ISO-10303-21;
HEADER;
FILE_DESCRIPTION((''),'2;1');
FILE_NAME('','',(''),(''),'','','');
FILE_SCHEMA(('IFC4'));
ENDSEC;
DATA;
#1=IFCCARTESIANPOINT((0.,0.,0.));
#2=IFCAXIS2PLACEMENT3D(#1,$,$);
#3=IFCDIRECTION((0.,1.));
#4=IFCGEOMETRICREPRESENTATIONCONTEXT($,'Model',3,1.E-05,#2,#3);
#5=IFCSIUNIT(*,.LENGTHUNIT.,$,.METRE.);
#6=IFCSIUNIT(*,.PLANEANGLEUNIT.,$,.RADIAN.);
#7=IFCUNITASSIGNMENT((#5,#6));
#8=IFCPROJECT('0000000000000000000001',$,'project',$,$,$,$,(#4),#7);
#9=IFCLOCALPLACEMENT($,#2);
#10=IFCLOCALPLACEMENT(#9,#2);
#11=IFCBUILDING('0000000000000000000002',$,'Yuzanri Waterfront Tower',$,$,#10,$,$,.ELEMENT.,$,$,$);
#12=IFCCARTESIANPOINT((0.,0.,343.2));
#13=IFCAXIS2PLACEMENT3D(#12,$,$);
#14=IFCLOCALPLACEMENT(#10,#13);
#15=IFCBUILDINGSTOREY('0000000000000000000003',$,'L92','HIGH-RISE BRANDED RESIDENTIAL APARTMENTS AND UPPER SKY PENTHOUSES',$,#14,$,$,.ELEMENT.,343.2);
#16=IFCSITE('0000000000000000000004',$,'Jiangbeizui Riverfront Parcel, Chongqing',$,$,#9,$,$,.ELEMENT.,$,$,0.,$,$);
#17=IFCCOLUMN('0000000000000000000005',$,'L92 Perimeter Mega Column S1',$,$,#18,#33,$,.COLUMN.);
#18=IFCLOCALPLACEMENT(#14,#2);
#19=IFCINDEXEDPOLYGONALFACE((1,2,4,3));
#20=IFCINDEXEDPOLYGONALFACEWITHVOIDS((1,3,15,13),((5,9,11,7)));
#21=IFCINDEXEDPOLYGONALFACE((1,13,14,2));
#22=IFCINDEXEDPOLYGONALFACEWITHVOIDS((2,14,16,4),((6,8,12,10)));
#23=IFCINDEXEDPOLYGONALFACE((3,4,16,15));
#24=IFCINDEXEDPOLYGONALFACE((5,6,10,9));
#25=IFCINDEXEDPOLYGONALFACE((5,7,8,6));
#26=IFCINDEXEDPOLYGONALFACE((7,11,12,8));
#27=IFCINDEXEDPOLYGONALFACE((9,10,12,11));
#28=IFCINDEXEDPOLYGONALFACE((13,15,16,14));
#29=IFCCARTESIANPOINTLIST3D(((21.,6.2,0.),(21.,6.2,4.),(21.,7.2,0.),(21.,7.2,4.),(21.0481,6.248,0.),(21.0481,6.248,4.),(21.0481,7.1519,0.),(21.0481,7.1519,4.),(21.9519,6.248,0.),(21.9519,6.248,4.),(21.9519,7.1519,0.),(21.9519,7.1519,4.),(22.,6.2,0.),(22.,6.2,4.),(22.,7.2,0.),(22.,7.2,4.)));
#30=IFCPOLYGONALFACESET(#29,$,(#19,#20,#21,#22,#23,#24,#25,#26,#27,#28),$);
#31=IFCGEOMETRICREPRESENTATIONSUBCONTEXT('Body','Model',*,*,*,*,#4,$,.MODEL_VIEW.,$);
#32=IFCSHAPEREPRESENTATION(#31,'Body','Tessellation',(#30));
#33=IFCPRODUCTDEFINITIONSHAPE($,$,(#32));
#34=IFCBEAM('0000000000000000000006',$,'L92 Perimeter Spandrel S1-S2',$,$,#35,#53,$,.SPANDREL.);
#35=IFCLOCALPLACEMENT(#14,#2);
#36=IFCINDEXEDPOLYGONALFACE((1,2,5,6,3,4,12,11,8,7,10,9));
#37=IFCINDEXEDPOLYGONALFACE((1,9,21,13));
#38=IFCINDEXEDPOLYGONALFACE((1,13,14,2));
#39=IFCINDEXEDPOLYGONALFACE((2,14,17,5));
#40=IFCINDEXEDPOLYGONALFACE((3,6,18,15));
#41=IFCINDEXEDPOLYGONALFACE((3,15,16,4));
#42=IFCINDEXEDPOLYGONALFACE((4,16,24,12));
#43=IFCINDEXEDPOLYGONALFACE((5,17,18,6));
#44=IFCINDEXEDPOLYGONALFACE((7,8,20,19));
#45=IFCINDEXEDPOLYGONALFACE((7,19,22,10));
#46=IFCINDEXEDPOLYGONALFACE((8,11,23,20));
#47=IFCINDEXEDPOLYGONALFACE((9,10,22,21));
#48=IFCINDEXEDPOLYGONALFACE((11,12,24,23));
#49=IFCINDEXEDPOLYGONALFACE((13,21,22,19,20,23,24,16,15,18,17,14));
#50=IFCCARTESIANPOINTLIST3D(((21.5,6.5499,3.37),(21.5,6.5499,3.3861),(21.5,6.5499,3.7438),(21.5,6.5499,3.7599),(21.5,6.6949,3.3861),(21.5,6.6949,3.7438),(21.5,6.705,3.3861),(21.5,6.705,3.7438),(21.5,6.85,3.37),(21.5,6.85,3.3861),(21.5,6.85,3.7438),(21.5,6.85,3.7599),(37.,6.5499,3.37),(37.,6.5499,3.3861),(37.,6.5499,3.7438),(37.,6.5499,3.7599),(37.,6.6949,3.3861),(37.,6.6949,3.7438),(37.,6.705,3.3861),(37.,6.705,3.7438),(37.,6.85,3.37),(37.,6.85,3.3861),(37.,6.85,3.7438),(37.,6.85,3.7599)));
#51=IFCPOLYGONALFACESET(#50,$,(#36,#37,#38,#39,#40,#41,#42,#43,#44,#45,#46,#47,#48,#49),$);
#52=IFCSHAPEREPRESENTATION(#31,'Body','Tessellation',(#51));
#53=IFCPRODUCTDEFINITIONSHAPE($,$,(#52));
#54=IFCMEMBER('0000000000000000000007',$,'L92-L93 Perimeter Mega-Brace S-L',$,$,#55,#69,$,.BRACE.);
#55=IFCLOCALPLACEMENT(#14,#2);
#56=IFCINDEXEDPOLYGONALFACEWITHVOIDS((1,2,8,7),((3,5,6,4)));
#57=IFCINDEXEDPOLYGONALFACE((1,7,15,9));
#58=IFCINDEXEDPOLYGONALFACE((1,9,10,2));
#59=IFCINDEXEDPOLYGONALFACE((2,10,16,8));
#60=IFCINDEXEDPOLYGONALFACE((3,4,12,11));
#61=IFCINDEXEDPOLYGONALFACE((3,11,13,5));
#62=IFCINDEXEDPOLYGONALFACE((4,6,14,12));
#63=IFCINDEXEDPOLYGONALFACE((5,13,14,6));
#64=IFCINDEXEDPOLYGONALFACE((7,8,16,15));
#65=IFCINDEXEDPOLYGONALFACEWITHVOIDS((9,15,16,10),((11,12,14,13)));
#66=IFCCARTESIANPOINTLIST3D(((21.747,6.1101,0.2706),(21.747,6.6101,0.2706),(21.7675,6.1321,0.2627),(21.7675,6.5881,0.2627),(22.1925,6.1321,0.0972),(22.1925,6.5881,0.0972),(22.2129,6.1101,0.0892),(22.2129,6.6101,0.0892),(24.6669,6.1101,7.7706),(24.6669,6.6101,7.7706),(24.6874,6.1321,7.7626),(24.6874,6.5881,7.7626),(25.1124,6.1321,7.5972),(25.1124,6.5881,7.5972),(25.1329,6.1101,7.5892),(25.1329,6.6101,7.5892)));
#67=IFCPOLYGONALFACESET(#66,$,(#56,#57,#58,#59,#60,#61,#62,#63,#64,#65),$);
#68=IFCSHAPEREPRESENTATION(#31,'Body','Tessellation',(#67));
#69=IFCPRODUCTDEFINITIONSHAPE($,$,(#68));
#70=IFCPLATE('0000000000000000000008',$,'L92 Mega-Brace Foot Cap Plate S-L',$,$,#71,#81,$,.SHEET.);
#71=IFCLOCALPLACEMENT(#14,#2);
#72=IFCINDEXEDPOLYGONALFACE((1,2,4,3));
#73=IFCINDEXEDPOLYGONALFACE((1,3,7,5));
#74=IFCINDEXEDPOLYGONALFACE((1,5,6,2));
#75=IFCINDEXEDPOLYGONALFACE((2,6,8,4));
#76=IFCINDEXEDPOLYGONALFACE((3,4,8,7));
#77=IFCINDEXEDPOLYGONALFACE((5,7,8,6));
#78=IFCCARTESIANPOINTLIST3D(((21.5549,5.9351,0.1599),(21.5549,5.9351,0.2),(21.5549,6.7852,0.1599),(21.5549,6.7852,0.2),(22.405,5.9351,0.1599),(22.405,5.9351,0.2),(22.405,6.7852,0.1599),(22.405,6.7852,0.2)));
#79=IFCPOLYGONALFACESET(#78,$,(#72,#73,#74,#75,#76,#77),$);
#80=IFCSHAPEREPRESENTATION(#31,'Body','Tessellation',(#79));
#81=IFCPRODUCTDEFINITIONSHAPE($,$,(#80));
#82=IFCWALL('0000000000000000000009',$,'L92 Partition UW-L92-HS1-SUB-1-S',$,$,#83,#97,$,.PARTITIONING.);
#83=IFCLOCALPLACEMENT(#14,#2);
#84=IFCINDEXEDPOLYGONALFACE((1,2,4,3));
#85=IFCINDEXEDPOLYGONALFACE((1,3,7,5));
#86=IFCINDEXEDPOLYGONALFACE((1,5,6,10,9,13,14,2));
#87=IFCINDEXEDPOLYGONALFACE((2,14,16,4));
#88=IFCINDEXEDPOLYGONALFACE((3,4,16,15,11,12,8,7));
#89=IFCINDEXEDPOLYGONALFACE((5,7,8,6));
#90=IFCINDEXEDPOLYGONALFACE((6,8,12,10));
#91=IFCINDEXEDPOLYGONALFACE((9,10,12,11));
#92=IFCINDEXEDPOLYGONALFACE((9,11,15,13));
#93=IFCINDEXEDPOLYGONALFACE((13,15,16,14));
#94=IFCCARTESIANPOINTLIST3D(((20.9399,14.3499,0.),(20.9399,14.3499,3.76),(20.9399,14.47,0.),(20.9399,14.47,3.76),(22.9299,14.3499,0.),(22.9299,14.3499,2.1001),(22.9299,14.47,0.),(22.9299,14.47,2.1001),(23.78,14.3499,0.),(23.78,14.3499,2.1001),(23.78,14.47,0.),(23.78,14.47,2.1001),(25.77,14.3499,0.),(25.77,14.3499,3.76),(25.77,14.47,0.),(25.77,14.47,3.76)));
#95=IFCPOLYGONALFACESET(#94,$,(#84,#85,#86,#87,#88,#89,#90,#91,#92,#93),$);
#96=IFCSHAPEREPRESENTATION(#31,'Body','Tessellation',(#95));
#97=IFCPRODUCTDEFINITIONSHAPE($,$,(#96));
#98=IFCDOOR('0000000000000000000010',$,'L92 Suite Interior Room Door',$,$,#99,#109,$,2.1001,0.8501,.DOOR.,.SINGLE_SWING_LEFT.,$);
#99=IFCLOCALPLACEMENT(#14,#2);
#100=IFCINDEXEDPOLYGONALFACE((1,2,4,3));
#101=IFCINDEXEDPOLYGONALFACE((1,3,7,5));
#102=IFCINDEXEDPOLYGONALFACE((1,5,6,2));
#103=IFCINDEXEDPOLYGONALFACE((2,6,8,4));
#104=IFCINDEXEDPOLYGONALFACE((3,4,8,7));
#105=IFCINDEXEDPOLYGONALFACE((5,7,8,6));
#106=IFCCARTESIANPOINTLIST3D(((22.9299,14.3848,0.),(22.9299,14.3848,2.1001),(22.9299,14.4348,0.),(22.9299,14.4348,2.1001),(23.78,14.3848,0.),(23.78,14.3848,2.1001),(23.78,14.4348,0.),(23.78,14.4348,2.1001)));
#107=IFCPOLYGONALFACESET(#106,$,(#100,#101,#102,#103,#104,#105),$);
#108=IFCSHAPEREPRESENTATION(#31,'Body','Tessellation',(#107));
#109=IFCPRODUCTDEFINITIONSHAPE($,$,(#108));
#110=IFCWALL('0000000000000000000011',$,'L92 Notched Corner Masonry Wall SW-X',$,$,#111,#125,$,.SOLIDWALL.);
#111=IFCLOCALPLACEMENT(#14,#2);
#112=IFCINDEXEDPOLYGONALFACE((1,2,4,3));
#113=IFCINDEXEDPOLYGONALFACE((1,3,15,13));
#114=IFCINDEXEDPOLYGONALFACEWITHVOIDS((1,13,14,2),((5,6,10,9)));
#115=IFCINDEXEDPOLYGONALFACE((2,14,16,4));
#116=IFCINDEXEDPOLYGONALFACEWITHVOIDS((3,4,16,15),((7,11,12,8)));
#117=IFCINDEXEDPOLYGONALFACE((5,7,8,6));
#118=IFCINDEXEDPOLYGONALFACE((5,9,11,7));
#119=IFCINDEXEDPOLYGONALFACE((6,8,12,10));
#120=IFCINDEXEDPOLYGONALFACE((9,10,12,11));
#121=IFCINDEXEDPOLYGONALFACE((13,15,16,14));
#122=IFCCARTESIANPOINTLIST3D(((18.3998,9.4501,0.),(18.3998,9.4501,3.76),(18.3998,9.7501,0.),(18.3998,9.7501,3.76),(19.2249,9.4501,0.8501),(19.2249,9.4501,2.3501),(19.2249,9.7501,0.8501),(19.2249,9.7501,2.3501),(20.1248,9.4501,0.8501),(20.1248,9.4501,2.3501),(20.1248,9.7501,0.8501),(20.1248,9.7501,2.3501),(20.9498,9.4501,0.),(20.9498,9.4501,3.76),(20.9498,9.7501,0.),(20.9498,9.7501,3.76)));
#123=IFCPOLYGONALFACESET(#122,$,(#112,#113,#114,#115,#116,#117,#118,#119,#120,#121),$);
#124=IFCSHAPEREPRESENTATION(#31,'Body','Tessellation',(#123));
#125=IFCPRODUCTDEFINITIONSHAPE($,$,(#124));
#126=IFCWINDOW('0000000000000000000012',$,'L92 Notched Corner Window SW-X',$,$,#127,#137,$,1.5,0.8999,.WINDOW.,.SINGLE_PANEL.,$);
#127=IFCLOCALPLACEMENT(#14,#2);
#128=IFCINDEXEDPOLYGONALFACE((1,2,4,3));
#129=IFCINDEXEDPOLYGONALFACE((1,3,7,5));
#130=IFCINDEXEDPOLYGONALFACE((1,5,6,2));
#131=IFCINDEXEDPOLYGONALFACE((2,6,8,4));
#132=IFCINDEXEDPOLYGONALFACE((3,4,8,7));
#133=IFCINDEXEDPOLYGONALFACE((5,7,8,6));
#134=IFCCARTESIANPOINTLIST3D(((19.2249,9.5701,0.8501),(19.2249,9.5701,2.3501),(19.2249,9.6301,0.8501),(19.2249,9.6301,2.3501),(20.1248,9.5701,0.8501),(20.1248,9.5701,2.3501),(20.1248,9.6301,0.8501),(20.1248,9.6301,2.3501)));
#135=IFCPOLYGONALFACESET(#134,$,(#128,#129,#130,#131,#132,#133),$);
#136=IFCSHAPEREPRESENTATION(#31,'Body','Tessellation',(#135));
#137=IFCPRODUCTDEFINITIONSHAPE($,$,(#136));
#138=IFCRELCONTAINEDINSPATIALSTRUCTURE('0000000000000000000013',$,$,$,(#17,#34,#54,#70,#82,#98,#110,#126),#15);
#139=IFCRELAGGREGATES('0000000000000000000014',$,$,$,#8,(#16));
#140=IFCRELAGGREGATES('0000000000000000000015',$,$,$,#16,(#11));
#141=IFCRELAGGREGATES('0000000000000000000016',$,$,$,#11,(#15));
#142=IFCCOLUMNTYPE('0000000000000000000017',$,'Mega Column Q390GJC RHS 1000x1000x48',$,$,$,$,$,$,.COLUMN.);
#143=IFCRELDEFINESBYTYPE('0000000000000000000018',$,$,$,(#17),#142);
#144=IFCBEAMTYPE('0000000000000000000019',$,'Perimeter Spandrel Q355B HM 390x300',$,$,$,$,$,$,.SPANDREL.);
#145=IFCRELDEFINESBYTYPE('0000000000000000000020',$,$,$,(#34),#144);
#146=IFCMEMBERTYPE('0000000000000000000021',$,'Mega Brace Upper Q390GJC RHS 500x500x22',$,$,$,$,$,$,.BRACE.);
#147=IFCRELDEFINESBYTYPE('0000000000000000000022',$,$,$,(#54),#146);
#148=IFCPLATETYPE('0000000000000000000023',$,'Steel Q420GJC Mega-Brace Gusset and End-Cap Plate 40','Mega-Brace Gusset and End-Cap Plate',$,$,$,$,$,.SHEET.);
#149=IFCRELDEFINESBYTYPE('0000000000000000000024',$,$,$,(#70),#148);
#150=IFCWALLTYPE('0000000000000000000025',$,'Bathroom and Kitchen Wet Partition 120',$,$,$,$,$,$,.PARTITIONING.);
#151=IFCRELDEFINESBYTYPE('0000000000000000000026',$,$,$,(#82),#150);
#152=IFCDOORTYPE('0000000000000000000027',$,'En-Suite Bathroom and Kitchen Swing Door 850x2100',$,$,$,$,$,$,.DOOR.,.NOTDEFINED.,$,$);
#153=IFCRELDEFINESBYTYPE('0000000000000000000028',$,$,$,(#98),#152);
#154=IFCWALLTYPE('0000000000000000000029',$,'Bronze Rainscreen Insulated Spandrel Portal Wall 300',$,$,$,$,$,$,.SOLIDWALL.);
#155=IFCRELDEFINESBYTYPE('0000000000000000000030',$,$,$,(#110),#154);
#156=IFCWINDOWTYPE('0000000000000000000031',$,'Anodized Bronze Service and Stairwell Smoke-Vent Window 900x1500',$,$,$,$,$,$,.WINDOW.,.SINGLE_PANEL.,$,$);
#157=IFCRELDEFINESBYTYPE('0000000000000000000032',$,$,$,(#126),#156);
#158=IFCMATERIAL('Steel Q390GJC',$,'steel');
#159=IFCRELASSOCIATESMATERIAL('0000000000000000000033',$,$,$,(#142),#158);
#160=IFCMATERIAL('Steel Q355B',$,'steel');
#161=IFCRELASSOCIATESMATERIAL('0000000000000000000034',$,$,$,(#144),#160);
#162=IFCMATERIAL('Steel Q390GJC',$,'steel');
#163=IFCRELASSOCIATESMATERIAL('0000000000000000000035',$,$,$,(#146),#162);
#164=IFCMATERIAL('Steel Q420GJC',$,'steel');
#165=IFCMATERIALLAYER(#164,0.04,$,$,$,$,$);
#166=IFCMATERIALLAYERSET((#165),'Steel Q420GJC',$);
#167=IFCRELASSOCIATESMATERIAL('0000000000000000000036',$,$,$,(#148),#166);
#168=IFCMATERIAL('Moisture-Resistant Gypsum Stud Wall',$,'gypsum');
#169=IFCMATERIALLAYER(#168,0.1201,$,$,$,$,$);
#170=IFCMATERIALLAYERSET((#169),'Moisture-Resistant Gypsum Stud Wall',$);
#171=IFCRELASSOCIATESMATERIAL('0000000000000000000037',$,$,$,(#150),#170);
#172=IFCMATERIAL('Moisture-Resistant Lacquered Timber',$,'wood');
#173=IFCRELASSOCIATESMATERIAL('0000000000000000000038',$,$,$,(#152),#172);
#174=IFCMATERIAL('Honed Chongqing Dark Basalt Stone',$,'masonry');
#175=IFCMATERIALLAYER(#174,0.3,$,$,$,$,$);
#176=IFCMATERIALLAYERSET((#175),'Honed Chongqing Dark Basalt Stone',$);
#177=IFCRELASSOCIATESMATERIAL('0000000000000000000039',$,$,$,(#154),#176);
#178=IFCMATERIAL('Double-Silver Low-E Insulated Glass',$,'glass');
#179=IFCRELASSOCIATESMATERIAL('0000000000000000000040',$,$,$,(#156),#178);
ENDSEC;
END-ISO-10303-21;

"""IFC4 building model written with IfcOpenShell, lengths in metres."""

from ifc_helpers import new_model, si_unit, direction, frame, frame_2d, origin, origin_2d, place, context, subcontext, project, spatial, rectangle, hollow_rectangle, i_section, extrude, source, transform, mapped, material, layer, layer_set, material_profile, profile_set, type_object, element, fill, save


model = new_model("IFC4")

# Units and contexts
model_context = context("Model", 3, precision=1e-05, world=origin(), true_north=direction((0.0, 1.0)))
body_context = subcontext(model_context, "Body", "Model", "MODEL_VIEW")
ifc_project = project(units=[si_unit("LENGTHUNIT", "METRE"), si_unit("PLANEANGLEUNIT", "RADIAN")], contexts=[model_context])

# Site, building, storey
site_placement = place(None, origin())
site = spatial("IfcSite", under=ifc_project, at=site_placement, Name="Jiangbeizui Riverfront Parcel, Chongqing", CompositionType="ELEMENT", RefElevation=0.0)
building_placement = place(site_placement, origin())
building = spatial("IfcBuilding", under=site, at=building_placement, Name="Yuzanri Waterfront Tower", CompositionType="ELEMENT")
storey_placement = place(building_placement, frame((0.0, 0.0, 343.2)))
storey = spatial("IfcBuildingStorey", under=building, at=storey_placement, Name="L92", Description="HIGH-RISE BRANDED RESIDENTIAL APARTMENTS AND UPPER SKY PENTHOUSES", CompositionType="ELEMENT", Elevation=343.2)

# Column
ifc_material_1 = material(Name="Steel Q390GJC", Category="steel")
ifc_material_profile_1 = material_profile(ifc_material_1, hollow_rectangle(XDim=1.0, YDim=1.0, WallThickness=0.0481, at=origin_2d()), Name="RHS 1000x1000x48")
ifc_profile_set_1 = profile_set([ifc_material_profile_1], Name="Steel Q390GJC")
column_type = type_object("IfcColumnType", Name="Mega Column Q390GJC RHS 1000x1000x48", PredefinedType="COLUMN", material=ifc_profile_set_1)
shared_shape_1 = source(origin(), body_context, "Body", "SweptSolid", [
    extrude(hollow_rectangle(XDim=1.0, YDim=1.0, WallThickness=0.0481, at=origin_2d()), origin(), (0.0, 0.0, 1.0), 4.0),
])
column_placement = place(storey_placement, frame((21.5, 6.7, 0.0), z_axis=(0.0, 0.0, 1.0), x_axis=(1.0, 0.0, 0.0)))
element("IfcColumn", 1, at=column_placement, inside=storey, type_object=column_type, Name="L92 Perimeter Mega Column S1", PredefinedType="COLUMN", context=body_context, shape_type="MappedRepresentation", body=[
    mapped(shared_shape_1, transform((0.0, 0.0, 0.0), scale=1.0)),
])

# Beam
ifc_material_2 = material(Name="Steel Q355B", Category="steel")
ifc_material_profile_2 = material_profile(ifc_material_2, i_section(OverallWidth=0.3, OverallDepth=0.3899, WebThickness=0.01, FlangeThickness=0.0161, at=origin_2d()), Name="HM 390x300x10x16")
ifc_profile_set_2 = profile_set([ifc_material_profile_2], Name="Steel Q355B")
beam_type = type_object("IfcBeamType", Name="Perimeter Spandrel Q355B HM 390x300", PredefinedType="SPANDREL", material=ifc_profile_set_2)
shared_shape_2 = source(origin(), body_context, "Body", "SweptSolid", [
    extrude(i_section(OverallWidth=0.3, OverallDepth=0.3899, WebThickness=0.01, FlangeThickness=0.0161, at=origin_2d()), origin(), (0.0, 0.0, 1.0), 15.5),
])
beam_placement = place(storey_placement, frame((21.5, 6.7, 3.5649), z_axis=(1.0, 0.0, 0.0), x_axis=(0.0, 1.0, 0.0)))
element("IfcBeam", 2, at=beam_placement, inside=storey, type_object=beam_type, Name="L92 Perimeter Spandrel S1-S2", PredefinedType="SPANDREL", context=body_context, shape_type="MappedRepresentation", body=[
    mapped(shared_shape_2, transform((0.0, 0.0, 0.0), scale=1.0)),
])

# Member
ifc_material_3 = material(Name="Steel Q390GJC", Category="steel")
ifc_material_profile_3 = material_profile(ifc_material_3, hollow_rectangle(XDim=0.5, YDim=0.5, WallThickness=0.022, at=origin_2d()), Name="RHS 500x500x22")
ifc_profile_set_3 = profile_set([ifc_material_profile_3], Name="Steel Q390GJC")
member_type = type_object("IfcMemberType", Name="Mega Brace Upper Q390GJC RHS 500x500x22", PredefinedType="BRACE", material=ifc_profile_set_3)
shared_shape_3 = source(origin(), body_context, "Body", "SweptSolid", [
    extrude(hollow_rectangle(XDim=0.5, YDim=0.5, WallThickness=0.022, at=origin_2d()), origin(), (0.0, 0.0, 1.0), 8.0483),
])
member_placement = place(storey_placement, frame((21.98, 6.3601, 0.1799), z_axis=(0.362798, 0.0, 0.931868), x_axis=(0.0, 1.0, 0.0)))
element("IfcMember", 3, at=member_placement, inside=storey, type_object=member_type, Name="L92-L93 Perimeter Mega-Brace S-L", PredefinedType="BRACE", context=body_context, shape_type="MappedRepresentation", body=[
    mapped(shared_shape_3, transform((0.0, 0.0, 0.0), scale=1.0)),
])

# Plate
ifc_material_4 = material(Name="Steel Q420GJC", Category="steel")
ifc_layer_1 = layer(ifc_material_4, 0.04)
ifc_layer_set_1 = layer_set([ifc_layer_1], Name="Steel Q420GJC")
plate_type = type_object("IfcPlateType", Name="Steel Q420GJC Mega-Brace Gusset and End-Cap Plate 40", Description="Mega-Brace Gusset and End-Cap Plate", PredefinedType="SHEET", material=ifc_layer_set_1)
shared_shape_4 = source(origin(), body_context, "Body", "SweptSolid", [
    extrude(rectangle(XDim=0.8501, YDim=0.8501, at=origin_2d()), origin(), (0.0, 0.0, 1.0), 0.04),
])
plate_placement = place(storey_placement, frame((21.98, 6.3601, 0.1599), z_axis=(0.0, 0.0, 1.0), x_axis=(1.0, 0.0, 0.0)))
element("IfcPlate", 4, at=plate_placement, inside=storey, type_object=plate_type, Name="L92 Mega-Brace Foot Cap Plate S-L", PredefinedType="SHEET", context=body_context, shape_type="MappedRepresentation", body=[
    mapped(shared_shape_4, transform((0.0, 0.0, 0.0), scale=1.0)),
])

# Wall, opening, door
ifc_material_5 = material(Name="Moisture-Resistant Gypsum Stud Wall", Category="gypsum")
ifc_layer_2 = layer(ifc_material_5, 0.1201)
ifc_layer_set_2 = layer_set([ifc_layer_2], Name="Moisture-Resistant Gypsum Stud Wall")
wall_type_1 = type_object("IfcWallType", Name="Bathroom and Kitchen Wet Partition 120", PredefinedType="PARTITIONING", material=ifc_layer_set_2)
wall_1_placement = place(storey_placement, frame((20.9399, 14.4099, 0.0), z_axis=(0.0, 0.0, 1.0), x_axis=(1.0, 0.0, 0.0)))
wall_1 = element("IfcWall", 5, at=wall_1_placement, inside=storey, type_object=wall_type_1, Name="L92 Partition UW-L92-HS1-SUB-1-S", PredefinedType="PARTITIONING", context=body_context, shape_type="SweptSolid", body=[
    extrude(rectangle(XDim=4.8301, YDim=0.1201, at=frame_2d((2.415, 0.0))), origin(), (0.0, 0.0, 1.0), 3.76),
])
opening_1_placement = place(wall_1_placement, frame((1.99, 0.0, 0.0)))
opening_1 = element("IfcOpeningElement", 6, at=opening_1_placement, cuts=wall_1, PredefinedType="OPENING", context=body_context, shape_type="SweptSolid", body=[
    extrude(rectangle(XDim=0.8501, YDim=2.1001, at=frame_2d((0.425, 1.05))), frame((0.0, 0.075, 0.0), z_axis=(0.0, -1.0, 0.0), x_axis=(1.0, 0.0, 0.0)), (0.0, 0.0, 1.0), 0.1499),
])
ifc_material_6 = material(Name="Moisture-Resistant Lacquered Timber", Category="wood")
door_type = type_object("IfcDoorType", Name="En-Suite Bathroom and Kitchen Swing Door 850x2100", OperationType="NOTDEFINED", PredefinedType="DOOR", material=ifc_material_6)
shared_shape_5 = source(origin(), body_context, "Body", "SweptSolid", [
    extrude(rectangle(XDim=0.8501, YDim=2.1001, at=frame_2d((0.425, 1.05))), frame((0.0, 0.0249, 0.0), z_axis=(0.0, -1.0, 0.0), x_axis=(1.0, 0.0, 0.0)), (0.0, 0.0, 1.0), 0.05),
])
door_placement = place(opening_1_placement, origin())
door = element("IfcDoor", 7, at=door_placement, inside=storey, type_object=door_type, Name="L92 Suite Interior Room Door", OperationType="SINGLE_SWING_LEFT", OverallHeight=2.1001, OverallWidth=0.8501, PredefinedType="DOOR", context=body_context, shape_type="MappedRepresentation", body=[
    mapped(shared_shape_5, transform((0.0, 0.0, 0.0), scale=1.0)),
])
fill(opening_1, door)

# Wall, opening, window
ifc_material_7 = material(Name="Honed Chongqing Dark Basalt Stone", Category="masonry")
ifc_layer_3 = layer(ifc_material_7, 0.3)
ifc_layer_set_3 = layer_set([ifc_layer_3], Name="Honed Chongqing Dark Basalt Stone")
wall_type_2 = type_object("IfcWallType", Name="Bronze Rainscreen Insulated Spandrel Portal Wall 300", PredefinedType="SOLIDWALL", material=ifc_layer_set_3)
wall_2_placement = place(storey_placement, frame((18.3999, 9.6001, 0.0), z_axis=(0.0, 0.0, 1.0), x_axis=(1.0, 0.0, 0.0)))
wall_2 = element("IfcWall", 8, at=wall_2_placement, inside=storey, type_object=wall_type_2, Name="L92 Notched Corner Masonry Wall SW-X", PredefinedType="SOLIDWALL", context=body_context, shape_type="SweptSolid", body=[
    extrude(rectangle(XDim=2.55, YDim=0.3, at=frame_2d((1.2749, 0.0))), origin(), (0.0, 0.0, 1.0), 3.76),
])
opening_2_placement = place(wall_2_placement, frame((0.825, 0.0, 0.8501)))
opening_2 = element("IfcOpeningElement", 9, at=opening_2_placement, cuts=wall_2, PredefinedType="OPENING", context=body_context, shape_type="SweptSolid", body=[
    extrude(rectangle(XDim=0.8999, YDim=1.5, at=frame_2d((0.45, 0.75))), frame((0.0, 0.165, 0.0), z_axis=(0.0, -1.0, 0.0), x_axis=(1.0, 0.0, 0.0)), (0.0, 0.0, 1.0), 0.3298),
])
ifc_material_8 = material(Name="Double-Silver Low-E Insulated Glass", Category="glass")
window_type_1 = type_object("IfcWindowType", Name="Anodized Bronze Service and Stairwell Smoke-Vent Window 900x1500", PartitioningType="SINGLE_PANEL", PredefinedType="WINDOW", material=ifc_material_8)
shared_shape_6 = source(origin(), body_context, "Body", "SweptSolid", [
    extrude(rectangle(XDim=0.8999, YDim=1.5, at=frame_2d((0.45, 0.75))), frame((0.0, 0.03, 0.0), z_axis=(0.0, -1.0, 0.0), x_axis=(1.0, 0.0, 0.0)), (0.0, 0.0, 1.0), 0.0601),
])
window_1_placement = place(opening_2_placement, origin())
window_1 = element("IfcWindow", 10, at=window_1_placement, inside=storey, type_object=window_type_1, Name="L92 Notched Corner Window SW-X", OverallHeight=1.5, OverallWidth=0.8999, PartitioningType="SINGLE_PANEL", PredefinedType="WINDOW", context=body_context, shape_type="MappedRepresentation", body=[
    mapped(shared_shape_6, transform((0.0, 0.0, 0.0), scale=1.0)),
])
fill(opening_2, window_1)

save(model, "model.ifc")
